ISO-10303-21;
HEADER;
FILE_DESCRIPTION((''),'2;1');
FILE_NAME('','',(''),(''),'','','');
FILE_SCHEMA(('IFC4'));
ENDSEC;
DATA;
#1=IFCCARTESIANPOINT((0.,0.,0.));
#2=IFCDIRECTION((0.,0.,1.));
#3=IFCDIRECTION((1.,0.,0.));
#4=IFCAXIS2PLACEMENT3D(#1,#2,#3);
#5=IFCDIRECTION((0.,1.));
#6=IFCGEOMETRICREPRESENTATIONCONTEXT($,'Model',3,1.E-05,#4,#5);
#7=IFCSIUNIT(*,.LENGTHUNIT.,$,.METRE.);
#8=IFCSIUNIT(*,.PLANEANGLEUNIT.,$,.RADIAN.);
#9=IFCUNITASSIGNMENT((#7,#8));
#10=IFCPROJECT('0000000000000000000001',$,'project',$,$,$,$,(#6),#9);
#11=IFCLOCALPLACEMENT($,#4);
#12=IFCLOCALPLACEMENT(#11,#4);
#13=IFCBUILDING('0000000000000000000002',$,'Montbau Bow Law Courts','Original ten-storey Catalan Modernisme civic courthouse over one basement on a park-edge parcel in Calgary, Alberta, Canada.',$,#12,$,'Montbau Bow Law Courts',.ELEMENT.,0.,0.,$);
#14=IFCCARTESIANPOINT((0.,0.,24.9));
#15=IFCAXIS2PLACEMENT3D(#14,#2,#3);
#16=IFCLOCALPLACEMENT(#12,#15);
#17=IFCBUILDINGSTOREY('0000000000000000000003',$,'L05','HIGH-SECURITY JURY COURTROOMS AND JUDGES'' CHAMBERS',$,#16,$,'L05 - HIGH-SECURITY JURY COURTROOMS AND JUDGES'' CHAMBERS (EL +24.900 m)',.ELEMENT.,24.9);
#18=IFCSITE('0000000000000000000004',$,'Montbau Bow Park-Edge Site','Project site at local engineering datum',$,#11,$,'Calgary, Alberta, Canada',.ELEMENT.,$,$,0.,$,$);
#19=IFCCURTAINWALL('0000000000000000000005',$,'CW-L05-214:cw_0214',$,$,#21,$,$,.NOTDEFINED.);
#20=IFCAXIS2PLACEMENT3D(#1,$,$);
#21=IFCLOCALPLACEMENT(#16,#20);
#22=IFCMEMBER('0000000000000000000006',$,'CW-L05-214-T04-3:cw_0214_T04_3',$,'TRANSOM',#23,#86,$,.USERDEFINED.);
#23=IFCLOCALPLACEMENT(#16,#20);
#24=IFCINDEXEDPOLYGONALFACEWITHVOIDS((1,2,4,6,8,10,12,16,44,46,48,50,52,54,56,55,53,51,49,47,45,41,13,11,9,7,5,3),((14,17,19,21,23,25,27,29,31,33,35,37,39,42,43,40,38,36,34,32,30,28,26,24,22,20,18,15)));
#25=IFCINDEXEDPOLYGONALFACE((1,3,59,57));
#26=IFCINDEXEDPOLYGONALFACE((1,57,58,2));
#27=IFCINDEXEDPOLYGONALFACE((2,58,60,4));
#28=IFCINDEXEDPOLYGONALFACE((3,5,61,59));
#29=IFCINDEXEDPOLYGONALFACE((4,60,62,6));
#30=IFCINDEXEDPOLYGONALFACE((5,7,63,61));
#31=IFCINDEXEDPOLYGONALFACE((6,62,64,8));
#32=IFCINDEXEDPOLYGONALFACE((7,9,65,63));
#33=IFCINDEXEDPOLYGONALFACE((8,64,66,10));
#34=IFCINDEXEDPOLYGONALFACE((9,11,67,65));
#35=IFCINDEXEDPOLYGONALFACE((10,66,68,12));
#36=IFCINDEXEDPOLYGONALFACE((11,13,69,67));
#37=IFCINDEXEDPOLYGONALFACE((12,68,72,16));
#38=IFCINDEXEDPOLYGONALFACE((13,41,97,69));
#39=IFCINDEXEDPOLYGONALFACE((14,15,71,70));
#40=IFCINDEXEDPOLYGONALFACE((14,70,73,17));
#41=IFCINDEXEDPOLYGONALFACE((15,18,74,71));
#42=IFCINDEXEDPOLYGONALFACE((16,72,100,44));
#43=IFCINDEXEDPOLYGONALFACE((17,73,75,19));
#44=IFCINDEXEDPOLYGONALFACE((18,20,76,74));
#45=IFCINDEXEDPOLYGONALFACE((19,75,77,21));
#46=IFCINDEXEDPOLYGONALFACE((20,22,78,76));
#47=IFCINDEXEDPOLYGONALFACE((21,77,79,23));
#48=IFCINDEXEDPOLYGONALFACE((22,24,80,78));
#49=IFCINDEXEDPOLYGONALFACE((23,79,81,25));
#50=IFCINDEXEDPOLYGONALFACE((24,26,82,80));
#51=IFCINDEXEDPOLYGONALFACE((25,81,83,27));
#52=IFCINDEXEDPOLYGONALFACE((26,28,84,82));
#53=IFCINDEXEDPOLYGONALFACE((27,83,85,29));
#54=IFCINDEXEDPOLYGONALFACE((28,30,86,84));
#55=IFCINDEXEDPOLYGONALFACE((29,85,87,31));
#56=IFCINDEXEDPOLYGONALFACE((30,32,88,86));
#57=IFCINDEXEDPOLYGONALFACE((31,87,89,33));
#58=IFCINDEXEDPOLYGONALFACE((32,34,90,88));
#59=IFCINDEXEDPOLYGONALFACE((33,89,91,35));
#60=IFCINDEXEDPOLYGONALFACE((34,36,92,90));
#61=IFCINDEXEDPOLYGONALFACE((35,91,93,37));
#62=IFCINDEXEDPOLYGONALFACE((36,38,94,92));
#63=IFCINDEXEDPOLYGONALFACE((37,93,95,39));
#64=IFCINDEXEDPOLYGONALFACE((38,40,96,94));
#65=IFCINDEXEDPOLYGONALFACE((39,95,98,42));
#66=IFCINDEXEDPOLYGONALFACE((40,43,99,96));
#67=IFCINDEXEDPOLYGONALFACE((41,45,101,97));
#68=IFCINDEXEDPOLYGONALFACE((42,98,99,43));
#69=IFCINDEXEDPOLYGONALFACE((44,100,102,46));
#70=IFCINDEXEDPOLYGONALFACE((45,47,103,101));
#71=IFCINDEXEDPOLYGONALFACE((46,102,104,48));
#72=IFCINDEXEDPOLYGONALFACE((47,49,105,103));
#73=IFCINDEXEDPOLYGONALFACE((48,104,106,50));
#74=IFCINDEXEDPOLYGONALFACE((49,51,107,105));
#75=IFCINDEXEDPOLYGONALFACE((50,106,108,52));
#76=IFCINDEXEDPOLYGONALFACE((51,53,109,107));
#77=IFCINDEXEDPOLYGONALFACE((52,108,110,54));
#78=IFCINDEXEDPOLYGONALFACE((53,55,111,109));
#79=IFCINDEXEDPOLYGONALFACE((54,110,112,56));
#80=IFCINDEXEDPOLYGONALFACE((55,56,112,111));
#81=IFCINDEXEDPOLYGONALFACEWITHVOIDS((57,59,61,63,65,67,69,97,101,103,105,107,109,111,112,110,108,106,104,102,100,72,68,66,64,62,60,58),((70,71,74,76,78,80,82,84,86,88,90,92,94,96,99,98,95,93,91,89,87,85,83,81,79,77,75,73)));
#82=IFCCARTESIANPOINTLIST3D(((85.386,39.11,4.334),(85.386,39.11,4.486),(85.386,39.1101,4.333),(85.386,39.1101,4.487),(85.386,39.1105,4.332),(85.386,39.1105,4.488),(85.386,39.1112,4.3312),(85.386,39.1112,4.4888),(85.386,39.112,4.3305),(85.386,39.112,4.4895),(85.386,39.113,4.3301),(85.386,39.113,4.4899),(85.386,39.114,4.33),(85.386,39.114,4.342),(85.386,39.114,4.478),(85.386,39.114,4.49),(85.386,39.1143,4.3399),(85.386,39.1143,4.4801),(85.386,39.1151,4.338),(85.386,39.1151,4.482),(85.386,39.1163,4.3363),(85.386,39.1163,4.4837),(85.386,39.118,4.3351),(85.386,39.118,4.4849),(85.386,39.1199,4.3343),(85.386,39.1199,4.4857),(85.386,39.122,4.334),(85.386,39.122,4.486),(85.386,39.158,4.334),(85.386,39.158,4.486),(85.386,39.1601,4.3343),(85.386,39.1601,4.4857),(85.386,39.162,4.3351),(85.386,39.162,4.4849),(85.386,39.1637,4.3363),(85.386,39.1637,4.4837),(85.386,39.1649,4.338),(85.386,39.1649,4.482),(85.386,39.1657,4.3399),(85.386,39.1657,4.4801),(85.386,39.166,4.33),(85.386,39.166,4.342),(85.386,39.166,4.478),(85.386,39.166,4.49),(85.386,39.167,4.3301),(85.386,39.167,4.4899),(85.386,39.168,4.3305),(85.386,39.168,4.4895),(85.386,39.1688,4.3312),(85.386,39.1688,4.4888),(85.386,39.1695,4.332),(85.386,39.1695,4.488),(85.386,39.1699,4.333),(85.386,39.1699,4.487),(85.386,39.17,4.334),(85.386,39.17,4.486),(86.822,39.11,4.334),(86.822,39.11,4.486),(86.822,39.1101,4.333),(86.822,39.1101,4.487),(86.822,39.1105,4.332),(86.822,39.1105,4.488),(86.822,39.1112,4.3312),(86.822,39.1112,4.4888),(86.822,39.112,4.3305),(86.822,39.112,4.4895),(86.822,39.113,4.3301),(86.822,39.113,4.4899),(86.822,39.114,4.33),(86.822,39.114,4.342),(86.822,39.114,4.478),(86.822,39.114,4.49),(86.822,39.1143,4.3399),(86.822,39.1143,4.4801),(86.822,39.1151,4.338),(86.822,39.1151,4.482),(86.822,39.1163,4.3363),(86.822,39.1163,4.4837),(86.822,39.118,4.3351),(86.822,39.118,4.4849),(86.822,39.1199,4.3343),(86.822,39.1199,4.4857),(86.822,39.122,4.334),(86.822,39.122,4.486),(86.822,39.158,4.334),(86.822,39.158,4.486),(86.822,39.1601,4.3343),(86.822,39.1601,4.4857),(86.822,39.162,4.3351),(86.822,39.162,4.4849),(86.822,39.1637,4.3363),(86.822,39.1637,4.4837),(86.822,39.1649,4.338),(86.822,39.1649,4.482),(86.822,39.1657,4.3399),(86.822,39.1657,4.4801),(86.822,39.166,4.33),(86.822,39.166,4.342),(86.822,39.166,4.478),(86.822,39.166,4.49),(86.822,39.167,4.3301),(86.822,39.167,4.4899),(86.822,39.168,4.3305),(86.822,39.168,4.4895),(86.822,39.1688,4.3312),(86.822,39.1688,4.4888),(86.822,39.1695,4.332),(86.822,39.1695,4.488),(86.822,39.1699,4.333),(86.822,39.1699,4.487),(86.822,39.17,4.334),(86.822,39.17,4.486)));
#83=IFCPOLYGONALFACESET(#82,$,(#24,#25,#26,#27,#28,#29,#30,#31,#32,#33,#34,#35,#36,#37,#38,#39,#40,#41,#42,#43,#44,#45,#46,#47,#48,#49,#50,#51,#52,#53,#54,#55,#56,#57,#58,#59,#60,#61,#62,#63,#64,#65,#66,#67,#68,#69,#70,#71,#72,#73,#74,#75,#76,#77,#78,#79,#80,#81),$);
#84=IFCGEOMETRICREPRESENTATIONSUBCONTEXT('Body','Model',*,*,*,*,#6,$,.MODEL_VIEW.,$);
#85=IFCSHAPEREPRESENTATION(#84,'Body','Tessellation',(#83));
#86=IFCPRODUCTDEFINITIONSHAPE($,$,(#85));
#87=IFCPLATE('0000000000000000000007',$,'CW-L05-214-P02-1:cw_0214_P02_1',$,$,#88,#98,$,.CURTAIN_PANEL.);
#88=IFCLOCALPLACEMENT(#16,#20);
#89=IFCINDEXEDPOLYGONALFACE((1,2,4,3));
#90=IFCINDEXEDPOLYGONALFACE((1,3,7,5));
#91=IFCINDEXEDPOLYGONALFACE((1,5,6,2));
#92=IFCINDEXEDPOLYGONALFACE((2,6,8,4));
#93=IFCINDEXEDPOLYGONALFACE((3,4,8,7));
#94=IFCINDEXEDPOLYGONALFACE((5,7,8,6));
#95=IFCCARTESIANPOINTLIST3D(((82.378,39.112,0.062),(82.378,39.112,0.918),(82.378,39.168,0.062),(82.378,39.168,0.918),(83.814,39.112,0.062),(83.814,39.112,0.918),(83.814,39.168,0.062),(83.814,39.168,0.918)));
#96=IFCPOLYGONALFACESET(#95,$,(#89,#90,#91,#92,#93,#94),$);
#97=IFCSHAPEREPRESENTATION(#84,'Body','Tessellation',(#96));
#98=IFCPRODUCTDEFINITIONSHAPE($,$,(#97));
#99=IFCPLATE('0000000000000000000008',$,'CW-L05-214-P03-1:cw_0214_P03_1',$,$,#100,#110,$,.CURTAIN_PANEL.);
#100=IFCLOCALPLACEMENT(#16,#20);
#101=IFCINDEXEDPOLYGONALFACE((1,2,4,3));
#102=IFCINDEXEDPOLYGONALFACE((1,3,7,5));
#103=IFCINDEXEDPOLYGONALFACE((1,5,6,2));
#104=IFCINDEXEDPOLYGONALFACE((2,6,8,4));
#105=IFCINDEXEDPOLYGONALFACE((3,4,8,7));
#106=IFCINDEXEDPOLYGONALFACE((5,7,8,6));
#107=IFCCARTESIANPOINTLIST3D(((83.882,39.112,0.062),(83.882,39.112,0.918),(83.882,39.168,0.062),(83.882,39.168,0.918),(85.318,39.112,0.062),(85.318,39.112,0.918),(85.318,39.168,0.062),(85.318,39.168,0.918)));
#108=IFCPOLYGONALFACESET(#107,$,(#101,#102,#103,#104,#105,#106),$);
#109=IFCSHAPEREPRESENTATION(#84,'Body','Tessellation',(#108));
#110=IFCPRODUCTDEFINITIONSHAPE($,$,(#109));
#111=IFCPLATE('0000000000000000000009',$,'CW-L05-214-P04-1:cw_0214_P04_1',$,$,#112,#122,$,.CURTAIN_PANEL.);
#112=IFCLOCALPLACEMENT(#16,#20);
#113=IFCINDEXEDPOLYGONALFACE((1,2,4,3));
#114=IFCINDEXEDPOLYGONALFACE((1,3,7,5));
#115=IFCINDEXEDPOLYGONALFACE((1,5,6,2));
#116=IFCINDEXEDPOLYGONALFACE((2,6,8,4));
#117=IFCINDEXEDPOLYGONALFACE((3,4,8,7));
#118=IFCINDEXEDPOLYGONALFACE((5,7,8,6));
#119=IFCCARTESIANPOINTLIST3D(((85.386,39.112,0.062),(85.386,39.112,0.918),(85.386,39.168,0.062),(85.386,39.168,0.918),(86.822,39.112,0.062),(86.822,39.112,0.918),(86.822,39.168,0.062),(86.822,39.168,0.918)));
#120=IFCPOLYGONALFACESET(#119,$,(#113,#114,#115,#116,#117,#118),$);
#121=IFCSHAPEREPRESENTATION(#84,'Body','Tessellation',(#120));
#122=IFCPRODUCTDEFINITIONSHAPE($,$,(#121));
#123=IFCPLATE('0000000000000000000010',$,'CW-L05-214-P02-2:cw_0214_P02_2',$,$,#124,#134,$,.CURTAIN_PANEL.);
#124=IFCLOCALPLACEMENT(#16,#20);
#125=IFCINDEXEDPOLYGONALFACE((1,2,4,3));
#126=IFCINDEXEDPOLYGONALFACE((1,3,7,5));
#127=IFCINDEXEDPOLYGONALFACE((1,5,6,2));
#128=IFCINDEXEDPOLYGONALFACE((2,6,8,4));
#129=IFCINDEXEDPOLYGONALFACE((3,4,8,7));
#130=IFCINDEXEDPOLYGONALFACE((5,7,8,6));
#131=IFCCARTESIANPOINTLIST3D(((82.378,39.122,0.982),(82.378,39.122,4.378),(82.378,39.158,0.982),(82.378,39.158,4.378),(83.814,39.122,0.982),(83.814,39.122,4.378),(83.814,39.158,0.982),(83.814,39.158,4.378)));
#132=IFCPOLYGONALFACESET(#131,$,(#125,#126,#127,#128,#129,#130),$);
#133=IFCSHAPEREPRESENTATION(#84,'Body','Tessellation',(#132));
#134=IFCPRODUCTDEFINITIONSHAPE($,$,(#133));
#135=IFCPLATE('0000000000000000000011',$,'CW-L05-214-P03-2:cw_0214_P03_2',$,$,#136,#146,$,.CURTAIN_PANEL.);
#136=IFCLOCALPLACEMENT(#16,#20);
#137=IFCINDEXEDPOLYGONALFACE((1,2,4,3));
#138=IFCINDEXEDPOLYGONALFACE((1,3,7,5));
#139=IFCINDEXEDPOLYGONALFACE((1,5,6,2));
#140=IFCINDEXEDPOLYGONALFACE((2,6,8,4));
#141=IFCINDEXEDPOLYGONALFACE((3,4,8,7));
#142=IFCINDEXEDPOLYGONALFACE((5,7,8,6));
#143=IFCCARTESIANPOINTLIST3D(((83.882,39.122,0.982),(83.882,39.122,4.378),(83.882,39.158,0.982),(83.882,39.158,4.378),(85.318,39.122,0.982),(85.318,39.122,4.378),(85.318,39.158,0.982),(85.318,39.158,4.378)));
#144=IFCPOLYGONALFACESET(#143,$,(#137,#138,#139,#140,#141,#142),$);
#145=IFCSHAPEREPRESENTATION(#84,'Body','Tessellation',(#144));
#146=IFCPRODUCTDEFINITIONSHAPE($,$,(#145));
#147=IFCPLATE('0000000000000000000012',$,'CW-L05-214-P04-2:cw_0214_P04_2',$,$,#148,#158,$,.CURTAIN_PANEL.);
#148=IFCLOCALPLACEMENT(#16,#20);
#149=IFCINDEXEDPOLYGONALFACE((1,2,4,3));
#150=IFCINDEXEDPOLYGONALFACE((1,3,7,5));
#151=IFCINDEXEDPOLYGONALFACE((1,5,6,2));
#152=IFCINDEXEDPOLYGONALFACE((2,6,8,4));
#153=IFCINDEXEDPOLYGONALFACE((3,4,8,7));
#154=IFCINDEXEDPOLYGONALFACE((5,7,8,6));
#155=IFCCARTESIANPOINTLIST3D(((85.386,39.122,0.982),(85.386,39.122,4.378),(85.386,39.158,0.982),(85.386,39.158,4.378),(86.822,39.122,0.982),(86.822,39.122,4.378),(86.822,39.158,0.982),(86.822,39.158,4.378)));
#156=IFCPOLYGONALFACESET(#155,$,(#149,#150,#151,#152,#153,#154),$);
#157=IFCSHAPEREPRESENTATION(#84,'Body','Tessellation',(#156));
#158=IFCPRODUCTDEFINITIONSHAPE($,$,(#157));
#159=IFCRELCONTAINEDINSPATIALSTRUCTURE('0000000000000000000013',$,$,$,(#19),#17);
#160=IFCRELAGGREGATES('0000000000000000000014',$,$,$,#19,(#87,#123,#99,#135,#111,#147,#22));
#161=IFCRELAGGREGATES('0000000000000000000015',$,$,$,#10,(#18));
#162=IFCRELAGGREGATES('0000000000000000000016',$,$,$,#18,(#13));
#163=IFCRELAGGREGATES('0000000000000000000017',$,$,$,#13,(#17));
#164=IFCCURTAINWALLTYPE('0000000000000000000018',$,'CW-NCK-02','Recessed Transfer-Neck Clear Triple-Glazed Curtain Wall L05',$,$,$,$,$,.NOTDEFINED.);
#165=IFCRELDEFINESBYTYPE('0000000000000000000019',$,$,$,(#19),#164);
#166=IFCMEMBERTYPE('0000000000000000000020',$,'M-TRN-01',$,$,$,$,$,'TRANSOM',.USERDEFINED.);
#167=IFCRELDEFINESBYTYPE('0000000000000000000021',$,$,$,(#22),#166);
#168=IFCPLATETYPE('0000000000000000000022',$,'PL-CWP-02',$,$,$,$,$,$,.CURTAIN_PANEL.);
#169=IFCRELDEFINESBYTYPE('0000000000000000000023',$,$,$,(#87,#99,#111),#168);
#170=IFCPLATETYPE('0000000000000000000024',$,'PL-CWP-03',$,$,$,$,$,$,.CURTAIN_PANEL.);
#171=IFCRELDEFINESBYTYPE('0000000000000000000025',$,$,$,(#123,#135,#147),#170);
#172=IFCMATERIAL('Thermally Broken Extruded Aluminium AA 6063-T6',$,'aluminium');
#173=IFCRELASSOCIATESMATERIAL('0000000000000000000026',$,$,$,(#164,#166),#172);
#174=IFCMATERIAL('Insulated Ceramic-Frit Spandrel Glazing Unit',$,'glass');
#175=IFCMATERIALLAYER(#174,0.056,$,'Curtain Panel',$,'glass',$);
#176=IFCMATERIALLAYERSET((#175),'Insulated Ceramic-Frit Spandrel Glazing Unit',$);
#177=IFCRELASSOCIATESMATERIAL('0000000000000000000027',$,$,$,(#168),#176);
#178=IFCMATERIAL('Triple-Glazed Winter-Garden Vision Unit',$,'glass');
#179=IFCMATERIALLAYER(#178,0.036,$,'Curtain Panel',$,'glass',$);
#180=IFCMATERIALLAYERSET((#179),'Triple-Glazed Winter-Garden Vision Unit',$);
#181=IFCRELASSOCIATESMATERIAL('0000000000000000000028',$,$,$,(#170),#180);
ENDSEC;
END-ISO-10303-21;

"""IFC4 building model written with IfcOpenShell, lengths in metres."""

from ifc_helpers import new_model, si_unit, direction, frame, frame_2d, origin_with_axes, origin_2d_with_axis, place, context, subcontext, project, spatial, rectangle, hollow_rectangle, extrude, material, layer, layer_set, material_profile, profile_set, type_object, element, aggregate, save


model = new_model("IFC4")

# Units and contexts
model_context = context("Model", 3, precision=1e-05, world=origin_with_axes(), true_north=direction((0.0, 1.0)))
body_context = subcontext(model_context, "Body", "Model", "MODEL_VIEW")
ifc_project = project(units=[si_unit("LENGTHUNIT", "METRE"), si_unit("PLANEANGLEUNIT", "RADIAN")], contexts=[model_context])

# Site, building, storey
site_placement = place(None, origin_with_axes())
site = spatial("IfcSite", under=ifc_project, at=site_placement, Name="Montbau Bow Park-Edge Site", Description="Project site at local engineering datum", LongName="Calgary, Alberta, Canada", CompositionType="ELEMENT", RefElevation=0.0)
building_placement = place(site_placement, origin_with_axes())
building = spatial("IfcBuilding", under=site, at=building_placement, Name="Montbau Bow Law Courts", Description="Original ten-storey Catalan Modernisme civic courthouse over one basement on a park-edge parcel in Calgary, Alberta, Canada.", LongName="Montbau Bow Law Courts", CompositionType="ELEMENT", ElevationOfRefHeight=0.0, ElevationOfTerrain=0.0)
storey_placement = place(building_placement, frame((0.0, 0.0, 24.9), z_axis=(0.0, 0.0, 1.0), x_axis=(1.0, 0.0, 0.0)))
storey = spatial("IfcBuildingStorey", under=building, at=storey_placement, Name="L05", Description="HIGH-SECURITY JURY COURTROOMS AND JUDGES' CHAMBERS", LongName="L05 - HIGH-SECURITY JURY COURTROOMS AND JUDGES' CHAMBERS (EL +24.900 m)", CompositionType="ELEMENT", Elevation=24.9)

# Curtain wall, member, plates
ifc_material_1 = material(Name="Thermally Broken Extruded Aluminium AA 6063-T6", Category="aluminium")
curtain_wall_type = type_object("IfcCurtainWallType", Name="CW-NCK-02", Description="Recessed Transfer-Neck Clear Triple-Glazed Curtain Wall L05", PredefinedType="NOTDEFINED", material=ifc_material_1)
curtain_wall_placement = place(None, frame((80.84, 39.14, 24.9), z_axis=(0.0, 0.0, 1.0), x_axis=(1.0, 0.0, 0.0)))
curtain_wall = element("IfcCurtainWall", 1, at=curtain_wall_placement, inside=storey, type_object=curtain_wall_type, Name="CW-L05-214:cw_0214", PredefinedType="NOTDEFINED")
ifc_material_profile_1 = material_profile(ifc_material_1, hollow_rectangle(XDim=0.06, YDim=0.16, WallThickness=0.004, InnerFilletRadius=0.008, OuterFilletRadius=0.004, at=origin_2d_with_axis()), Name="CWT-160X60", Category="Main", Priority=0)
ifc_profile_set_1 = profile_set([ifc_material_profile_1], Name="Thermally Broken Extruded Aluminium AA 6063-T6")
member_type_1 = type_object("IfcMemberType", Name="M-TRN-01", ElementType="TRANSOM", PredefinedType="USERDEFINED", material=ifc_profile_set_1)
member_1_placement = place(None, frame((85.386, 39.14, 29.31), z_axis=(1.0, 0.0, 0.0), x_axis=(0.0, 1.0, 0.0)))
member_1 = element("IfcMember", 2, at=member_1_placement, type_object=member_type_1, Name="CW-L05-214-T04-3:cw_0214_T04_3", ObjectType="TRANSOM", PredefinedType="USERDEFINED", context=body_context, shape_type="SweptSolid", body=[
    extrude(hollow_rectangle(XDim=0.06, YDim=0.16, WallThickness=0.004, InnerFilletRadius=0.008, OuterFilletRadius=0.004, at=origin_2d_with_axis()), origin_with_axes(), (0.0, 0.0, 1.0), 1.436),
])
ifc_material_2 = material(Name="Insulated Ceramic-Frit Spandrel Glazing Unit", Category="glass")
ifc_layer_1 = layer(ifc_material_2, 0.056, Name="Curtain Panel", Category="glass")
ifc_layer_set_1 = layer_set([ifc_layer_1], Name="Insulated Ceramic-Frit Spandrel Glazing Unit")
plate_type_1 = type_object("IfcPlateType", Name="PL-CWP-02", PredefinedType="CURTAIN_PANEL", material=ifc_layer_set_1)
plate_1_placement = place(None, frame((82.378, 39.14, 24.962), z_axis=(0.0, -1.0, 0.0), x_axis=(1.0, 0.0, 0.0)))
plate_1 = element("IfcPlate", 3, at=plate_1_placement, type_object=plate_type_1, Name="CW-L05-214-P02-1:cw_0214_P02_1", PredefinedType="CURTAIN_PANEL", context=body_context, shape_type="SweptSolid", body=[
    extrude(rectangle(XDim=1.436, YDim=0.856, at=frame_2d((0.718, 0.428), x_axis=(1.0, 0.0))), frame((0.0, 0.0, -0.028), z_axis=(0.0, 0.0, 1.0), x_axis=(1.0, 0.0, 0.0)), (0.0, 0.0, 1.0), 0.056),
])
plate_2_placement = place(None, frame((83.882, 39.14, 24.962), z_axis=(0.0, -1.0, 0.0), x_axis=(1.0, 0.0, 0.0)))
plate_2 = element("IfcPlate", 4, at=plate_2_placement, type_object=plate_type_1, Name="CW-L05-214-P03-1:cw_0214_P03_1", PredefinedType="CURTAIN_PANEL", context=body_context, shape_type="SweptSolid", body=[
    extrude(rectangle(XDim=1.436, YDim=0.856, at=frame_2d((0.718, 0.428), x_axis=(1.0, 0.0))), frame((0.0, 0.0, -0.028), z_axis=(0.0, 0.0, 1.0), x_axis=(1.0, 0.0, 0.0)), (0.0, 0.0, 1.0), 0.056),
])
plate_3_placement = place(None, frame((85.386, 39.14, 24.962), z_axis=(0.0, -1.0, 0.0), x_axis=(1.0, 0.0, 0.0)))
plate_3 = element("IfcPlate", 5, at=plate_3_placement, type_object=plate_type_1, Name="CW-L05-214-P04-1:cw_0214_P04_1", PredefinedType="CURTAIN_PANEL", context=body_context, shape_type="SweptSolid", body=[
    extrude(rectangle(XDim=1.436, YDim=0.856, at=frame_2d((0.718, 0.428), x_axis=(1.0, 0.0))), frame((0.0, 0.0, -0.028), z_axis=(0.0, 0.0, 1.0), x_axis=(1.0, 0.0, 0.0)), (0.0, 0.0, 1.0), 0.056),
])
ifc_material_3 = material(Name="Triple-Glazed Winter-Garden Vision Unit", Category="glass")
ifc_layer_2 = layer(ifc_material_3, 0.036, Name="Curtain Panel", Category="glass")
ifc_layer_set_2 = layer_set([ifc_layer_2], Name="Triple-Glazed Winter-Garden Vision Unit")
plate_type_2 = type_object("IfcPlateType", Name="PL-CWP-03", PredefinedType="CURTAIN_PANEL", material=ifc_layer_set_2)
plate_4_placement = place(None, frame((82.378, 39.14, 25.882), z_axis=(0.0, -1.0, 0.0), x_axis=(1.0, 0.0, 0.0)))
plate_4 = element("IfcPlate", 6, at=plate_4_placement, type_object=plate_type_2, Name="CW-L05-214-P02-2:cw_0214_P02_2", PredefinedType="CURTAIN_PANEL", context=body_context, shape_type="SweptSolid", body=[
    extrude(rectangle(XDim=1.436, YDim=3.396, at=frame_2d((0.718, 1.698), x_axis=(1.0, 0.0))), frame((0.0, 0.0, -0.018), z_axis=(0.0, 0.0, 1.0), x_axis=(1.0, 0.0, 0.0)), (0.0, 0.0, 1.0), 0.036),
])
plate_5_placement = place(None, frame((83.882, 39.14, 25.882), z_axis=(0.0, -1.0, 0.0), x_axis=(1.0, 0.0, 0.0)))
plate_5 = element("IfcPlate", 7, at=plate_5_placement, type_object=plate_type_2, Name="CW-L05-214-P03-2:cw_0214_P03_2", PredefinedType="CURTAIN_PANEL", context=body_context, shape_type="SweptSolid", body=[
    extrude(rectangle(XDim=1.436, YDim=3.396, at=frame_2d((0.718, 1.698), x_axis=(1.0, 0.0))), frame((0.0, 0.0, -0.018), z_axis=(0.0, 0.0, 1.0), x_axis=(1.0, 0.0, 0.0)), (0.0, 0.0, 1.0), 0.036),
])
plate_6_placement = place(None, frame((85.386, 39.14, 25.882), z_axis=(0.0, -1.0, 0.0), x_axis=(1.0, 0.0, 0.0)))
plate_6 = element("IfcPlate", 8, at=plate_6_placement, type_object=plate_type_2, Name="CW-L05-214-P04-2:cw_0214_P04_2", PredefinedType="CURTAIN_PANEL", context=body_context, shape_type="SweptSolid", body=[
    extrude(rectangle(XDim=1.436, YDim=3.396, at=frame_2d((0.718, 1.698), x_axis=(1.0, 0.0))), frame((0.0, 0.0, -0.018), z_axis=(0.0, 0.0, 1.0), x_axis=(1.0, 0.0, 0.0)), (0.0, 0.0, 1.0), 0.036),
])
aggregate(curtain_wall, [plate_1, plate_4, plate_2, plate_5, plate_3, plate_6, member_1])

save(model, "model.ifc")
